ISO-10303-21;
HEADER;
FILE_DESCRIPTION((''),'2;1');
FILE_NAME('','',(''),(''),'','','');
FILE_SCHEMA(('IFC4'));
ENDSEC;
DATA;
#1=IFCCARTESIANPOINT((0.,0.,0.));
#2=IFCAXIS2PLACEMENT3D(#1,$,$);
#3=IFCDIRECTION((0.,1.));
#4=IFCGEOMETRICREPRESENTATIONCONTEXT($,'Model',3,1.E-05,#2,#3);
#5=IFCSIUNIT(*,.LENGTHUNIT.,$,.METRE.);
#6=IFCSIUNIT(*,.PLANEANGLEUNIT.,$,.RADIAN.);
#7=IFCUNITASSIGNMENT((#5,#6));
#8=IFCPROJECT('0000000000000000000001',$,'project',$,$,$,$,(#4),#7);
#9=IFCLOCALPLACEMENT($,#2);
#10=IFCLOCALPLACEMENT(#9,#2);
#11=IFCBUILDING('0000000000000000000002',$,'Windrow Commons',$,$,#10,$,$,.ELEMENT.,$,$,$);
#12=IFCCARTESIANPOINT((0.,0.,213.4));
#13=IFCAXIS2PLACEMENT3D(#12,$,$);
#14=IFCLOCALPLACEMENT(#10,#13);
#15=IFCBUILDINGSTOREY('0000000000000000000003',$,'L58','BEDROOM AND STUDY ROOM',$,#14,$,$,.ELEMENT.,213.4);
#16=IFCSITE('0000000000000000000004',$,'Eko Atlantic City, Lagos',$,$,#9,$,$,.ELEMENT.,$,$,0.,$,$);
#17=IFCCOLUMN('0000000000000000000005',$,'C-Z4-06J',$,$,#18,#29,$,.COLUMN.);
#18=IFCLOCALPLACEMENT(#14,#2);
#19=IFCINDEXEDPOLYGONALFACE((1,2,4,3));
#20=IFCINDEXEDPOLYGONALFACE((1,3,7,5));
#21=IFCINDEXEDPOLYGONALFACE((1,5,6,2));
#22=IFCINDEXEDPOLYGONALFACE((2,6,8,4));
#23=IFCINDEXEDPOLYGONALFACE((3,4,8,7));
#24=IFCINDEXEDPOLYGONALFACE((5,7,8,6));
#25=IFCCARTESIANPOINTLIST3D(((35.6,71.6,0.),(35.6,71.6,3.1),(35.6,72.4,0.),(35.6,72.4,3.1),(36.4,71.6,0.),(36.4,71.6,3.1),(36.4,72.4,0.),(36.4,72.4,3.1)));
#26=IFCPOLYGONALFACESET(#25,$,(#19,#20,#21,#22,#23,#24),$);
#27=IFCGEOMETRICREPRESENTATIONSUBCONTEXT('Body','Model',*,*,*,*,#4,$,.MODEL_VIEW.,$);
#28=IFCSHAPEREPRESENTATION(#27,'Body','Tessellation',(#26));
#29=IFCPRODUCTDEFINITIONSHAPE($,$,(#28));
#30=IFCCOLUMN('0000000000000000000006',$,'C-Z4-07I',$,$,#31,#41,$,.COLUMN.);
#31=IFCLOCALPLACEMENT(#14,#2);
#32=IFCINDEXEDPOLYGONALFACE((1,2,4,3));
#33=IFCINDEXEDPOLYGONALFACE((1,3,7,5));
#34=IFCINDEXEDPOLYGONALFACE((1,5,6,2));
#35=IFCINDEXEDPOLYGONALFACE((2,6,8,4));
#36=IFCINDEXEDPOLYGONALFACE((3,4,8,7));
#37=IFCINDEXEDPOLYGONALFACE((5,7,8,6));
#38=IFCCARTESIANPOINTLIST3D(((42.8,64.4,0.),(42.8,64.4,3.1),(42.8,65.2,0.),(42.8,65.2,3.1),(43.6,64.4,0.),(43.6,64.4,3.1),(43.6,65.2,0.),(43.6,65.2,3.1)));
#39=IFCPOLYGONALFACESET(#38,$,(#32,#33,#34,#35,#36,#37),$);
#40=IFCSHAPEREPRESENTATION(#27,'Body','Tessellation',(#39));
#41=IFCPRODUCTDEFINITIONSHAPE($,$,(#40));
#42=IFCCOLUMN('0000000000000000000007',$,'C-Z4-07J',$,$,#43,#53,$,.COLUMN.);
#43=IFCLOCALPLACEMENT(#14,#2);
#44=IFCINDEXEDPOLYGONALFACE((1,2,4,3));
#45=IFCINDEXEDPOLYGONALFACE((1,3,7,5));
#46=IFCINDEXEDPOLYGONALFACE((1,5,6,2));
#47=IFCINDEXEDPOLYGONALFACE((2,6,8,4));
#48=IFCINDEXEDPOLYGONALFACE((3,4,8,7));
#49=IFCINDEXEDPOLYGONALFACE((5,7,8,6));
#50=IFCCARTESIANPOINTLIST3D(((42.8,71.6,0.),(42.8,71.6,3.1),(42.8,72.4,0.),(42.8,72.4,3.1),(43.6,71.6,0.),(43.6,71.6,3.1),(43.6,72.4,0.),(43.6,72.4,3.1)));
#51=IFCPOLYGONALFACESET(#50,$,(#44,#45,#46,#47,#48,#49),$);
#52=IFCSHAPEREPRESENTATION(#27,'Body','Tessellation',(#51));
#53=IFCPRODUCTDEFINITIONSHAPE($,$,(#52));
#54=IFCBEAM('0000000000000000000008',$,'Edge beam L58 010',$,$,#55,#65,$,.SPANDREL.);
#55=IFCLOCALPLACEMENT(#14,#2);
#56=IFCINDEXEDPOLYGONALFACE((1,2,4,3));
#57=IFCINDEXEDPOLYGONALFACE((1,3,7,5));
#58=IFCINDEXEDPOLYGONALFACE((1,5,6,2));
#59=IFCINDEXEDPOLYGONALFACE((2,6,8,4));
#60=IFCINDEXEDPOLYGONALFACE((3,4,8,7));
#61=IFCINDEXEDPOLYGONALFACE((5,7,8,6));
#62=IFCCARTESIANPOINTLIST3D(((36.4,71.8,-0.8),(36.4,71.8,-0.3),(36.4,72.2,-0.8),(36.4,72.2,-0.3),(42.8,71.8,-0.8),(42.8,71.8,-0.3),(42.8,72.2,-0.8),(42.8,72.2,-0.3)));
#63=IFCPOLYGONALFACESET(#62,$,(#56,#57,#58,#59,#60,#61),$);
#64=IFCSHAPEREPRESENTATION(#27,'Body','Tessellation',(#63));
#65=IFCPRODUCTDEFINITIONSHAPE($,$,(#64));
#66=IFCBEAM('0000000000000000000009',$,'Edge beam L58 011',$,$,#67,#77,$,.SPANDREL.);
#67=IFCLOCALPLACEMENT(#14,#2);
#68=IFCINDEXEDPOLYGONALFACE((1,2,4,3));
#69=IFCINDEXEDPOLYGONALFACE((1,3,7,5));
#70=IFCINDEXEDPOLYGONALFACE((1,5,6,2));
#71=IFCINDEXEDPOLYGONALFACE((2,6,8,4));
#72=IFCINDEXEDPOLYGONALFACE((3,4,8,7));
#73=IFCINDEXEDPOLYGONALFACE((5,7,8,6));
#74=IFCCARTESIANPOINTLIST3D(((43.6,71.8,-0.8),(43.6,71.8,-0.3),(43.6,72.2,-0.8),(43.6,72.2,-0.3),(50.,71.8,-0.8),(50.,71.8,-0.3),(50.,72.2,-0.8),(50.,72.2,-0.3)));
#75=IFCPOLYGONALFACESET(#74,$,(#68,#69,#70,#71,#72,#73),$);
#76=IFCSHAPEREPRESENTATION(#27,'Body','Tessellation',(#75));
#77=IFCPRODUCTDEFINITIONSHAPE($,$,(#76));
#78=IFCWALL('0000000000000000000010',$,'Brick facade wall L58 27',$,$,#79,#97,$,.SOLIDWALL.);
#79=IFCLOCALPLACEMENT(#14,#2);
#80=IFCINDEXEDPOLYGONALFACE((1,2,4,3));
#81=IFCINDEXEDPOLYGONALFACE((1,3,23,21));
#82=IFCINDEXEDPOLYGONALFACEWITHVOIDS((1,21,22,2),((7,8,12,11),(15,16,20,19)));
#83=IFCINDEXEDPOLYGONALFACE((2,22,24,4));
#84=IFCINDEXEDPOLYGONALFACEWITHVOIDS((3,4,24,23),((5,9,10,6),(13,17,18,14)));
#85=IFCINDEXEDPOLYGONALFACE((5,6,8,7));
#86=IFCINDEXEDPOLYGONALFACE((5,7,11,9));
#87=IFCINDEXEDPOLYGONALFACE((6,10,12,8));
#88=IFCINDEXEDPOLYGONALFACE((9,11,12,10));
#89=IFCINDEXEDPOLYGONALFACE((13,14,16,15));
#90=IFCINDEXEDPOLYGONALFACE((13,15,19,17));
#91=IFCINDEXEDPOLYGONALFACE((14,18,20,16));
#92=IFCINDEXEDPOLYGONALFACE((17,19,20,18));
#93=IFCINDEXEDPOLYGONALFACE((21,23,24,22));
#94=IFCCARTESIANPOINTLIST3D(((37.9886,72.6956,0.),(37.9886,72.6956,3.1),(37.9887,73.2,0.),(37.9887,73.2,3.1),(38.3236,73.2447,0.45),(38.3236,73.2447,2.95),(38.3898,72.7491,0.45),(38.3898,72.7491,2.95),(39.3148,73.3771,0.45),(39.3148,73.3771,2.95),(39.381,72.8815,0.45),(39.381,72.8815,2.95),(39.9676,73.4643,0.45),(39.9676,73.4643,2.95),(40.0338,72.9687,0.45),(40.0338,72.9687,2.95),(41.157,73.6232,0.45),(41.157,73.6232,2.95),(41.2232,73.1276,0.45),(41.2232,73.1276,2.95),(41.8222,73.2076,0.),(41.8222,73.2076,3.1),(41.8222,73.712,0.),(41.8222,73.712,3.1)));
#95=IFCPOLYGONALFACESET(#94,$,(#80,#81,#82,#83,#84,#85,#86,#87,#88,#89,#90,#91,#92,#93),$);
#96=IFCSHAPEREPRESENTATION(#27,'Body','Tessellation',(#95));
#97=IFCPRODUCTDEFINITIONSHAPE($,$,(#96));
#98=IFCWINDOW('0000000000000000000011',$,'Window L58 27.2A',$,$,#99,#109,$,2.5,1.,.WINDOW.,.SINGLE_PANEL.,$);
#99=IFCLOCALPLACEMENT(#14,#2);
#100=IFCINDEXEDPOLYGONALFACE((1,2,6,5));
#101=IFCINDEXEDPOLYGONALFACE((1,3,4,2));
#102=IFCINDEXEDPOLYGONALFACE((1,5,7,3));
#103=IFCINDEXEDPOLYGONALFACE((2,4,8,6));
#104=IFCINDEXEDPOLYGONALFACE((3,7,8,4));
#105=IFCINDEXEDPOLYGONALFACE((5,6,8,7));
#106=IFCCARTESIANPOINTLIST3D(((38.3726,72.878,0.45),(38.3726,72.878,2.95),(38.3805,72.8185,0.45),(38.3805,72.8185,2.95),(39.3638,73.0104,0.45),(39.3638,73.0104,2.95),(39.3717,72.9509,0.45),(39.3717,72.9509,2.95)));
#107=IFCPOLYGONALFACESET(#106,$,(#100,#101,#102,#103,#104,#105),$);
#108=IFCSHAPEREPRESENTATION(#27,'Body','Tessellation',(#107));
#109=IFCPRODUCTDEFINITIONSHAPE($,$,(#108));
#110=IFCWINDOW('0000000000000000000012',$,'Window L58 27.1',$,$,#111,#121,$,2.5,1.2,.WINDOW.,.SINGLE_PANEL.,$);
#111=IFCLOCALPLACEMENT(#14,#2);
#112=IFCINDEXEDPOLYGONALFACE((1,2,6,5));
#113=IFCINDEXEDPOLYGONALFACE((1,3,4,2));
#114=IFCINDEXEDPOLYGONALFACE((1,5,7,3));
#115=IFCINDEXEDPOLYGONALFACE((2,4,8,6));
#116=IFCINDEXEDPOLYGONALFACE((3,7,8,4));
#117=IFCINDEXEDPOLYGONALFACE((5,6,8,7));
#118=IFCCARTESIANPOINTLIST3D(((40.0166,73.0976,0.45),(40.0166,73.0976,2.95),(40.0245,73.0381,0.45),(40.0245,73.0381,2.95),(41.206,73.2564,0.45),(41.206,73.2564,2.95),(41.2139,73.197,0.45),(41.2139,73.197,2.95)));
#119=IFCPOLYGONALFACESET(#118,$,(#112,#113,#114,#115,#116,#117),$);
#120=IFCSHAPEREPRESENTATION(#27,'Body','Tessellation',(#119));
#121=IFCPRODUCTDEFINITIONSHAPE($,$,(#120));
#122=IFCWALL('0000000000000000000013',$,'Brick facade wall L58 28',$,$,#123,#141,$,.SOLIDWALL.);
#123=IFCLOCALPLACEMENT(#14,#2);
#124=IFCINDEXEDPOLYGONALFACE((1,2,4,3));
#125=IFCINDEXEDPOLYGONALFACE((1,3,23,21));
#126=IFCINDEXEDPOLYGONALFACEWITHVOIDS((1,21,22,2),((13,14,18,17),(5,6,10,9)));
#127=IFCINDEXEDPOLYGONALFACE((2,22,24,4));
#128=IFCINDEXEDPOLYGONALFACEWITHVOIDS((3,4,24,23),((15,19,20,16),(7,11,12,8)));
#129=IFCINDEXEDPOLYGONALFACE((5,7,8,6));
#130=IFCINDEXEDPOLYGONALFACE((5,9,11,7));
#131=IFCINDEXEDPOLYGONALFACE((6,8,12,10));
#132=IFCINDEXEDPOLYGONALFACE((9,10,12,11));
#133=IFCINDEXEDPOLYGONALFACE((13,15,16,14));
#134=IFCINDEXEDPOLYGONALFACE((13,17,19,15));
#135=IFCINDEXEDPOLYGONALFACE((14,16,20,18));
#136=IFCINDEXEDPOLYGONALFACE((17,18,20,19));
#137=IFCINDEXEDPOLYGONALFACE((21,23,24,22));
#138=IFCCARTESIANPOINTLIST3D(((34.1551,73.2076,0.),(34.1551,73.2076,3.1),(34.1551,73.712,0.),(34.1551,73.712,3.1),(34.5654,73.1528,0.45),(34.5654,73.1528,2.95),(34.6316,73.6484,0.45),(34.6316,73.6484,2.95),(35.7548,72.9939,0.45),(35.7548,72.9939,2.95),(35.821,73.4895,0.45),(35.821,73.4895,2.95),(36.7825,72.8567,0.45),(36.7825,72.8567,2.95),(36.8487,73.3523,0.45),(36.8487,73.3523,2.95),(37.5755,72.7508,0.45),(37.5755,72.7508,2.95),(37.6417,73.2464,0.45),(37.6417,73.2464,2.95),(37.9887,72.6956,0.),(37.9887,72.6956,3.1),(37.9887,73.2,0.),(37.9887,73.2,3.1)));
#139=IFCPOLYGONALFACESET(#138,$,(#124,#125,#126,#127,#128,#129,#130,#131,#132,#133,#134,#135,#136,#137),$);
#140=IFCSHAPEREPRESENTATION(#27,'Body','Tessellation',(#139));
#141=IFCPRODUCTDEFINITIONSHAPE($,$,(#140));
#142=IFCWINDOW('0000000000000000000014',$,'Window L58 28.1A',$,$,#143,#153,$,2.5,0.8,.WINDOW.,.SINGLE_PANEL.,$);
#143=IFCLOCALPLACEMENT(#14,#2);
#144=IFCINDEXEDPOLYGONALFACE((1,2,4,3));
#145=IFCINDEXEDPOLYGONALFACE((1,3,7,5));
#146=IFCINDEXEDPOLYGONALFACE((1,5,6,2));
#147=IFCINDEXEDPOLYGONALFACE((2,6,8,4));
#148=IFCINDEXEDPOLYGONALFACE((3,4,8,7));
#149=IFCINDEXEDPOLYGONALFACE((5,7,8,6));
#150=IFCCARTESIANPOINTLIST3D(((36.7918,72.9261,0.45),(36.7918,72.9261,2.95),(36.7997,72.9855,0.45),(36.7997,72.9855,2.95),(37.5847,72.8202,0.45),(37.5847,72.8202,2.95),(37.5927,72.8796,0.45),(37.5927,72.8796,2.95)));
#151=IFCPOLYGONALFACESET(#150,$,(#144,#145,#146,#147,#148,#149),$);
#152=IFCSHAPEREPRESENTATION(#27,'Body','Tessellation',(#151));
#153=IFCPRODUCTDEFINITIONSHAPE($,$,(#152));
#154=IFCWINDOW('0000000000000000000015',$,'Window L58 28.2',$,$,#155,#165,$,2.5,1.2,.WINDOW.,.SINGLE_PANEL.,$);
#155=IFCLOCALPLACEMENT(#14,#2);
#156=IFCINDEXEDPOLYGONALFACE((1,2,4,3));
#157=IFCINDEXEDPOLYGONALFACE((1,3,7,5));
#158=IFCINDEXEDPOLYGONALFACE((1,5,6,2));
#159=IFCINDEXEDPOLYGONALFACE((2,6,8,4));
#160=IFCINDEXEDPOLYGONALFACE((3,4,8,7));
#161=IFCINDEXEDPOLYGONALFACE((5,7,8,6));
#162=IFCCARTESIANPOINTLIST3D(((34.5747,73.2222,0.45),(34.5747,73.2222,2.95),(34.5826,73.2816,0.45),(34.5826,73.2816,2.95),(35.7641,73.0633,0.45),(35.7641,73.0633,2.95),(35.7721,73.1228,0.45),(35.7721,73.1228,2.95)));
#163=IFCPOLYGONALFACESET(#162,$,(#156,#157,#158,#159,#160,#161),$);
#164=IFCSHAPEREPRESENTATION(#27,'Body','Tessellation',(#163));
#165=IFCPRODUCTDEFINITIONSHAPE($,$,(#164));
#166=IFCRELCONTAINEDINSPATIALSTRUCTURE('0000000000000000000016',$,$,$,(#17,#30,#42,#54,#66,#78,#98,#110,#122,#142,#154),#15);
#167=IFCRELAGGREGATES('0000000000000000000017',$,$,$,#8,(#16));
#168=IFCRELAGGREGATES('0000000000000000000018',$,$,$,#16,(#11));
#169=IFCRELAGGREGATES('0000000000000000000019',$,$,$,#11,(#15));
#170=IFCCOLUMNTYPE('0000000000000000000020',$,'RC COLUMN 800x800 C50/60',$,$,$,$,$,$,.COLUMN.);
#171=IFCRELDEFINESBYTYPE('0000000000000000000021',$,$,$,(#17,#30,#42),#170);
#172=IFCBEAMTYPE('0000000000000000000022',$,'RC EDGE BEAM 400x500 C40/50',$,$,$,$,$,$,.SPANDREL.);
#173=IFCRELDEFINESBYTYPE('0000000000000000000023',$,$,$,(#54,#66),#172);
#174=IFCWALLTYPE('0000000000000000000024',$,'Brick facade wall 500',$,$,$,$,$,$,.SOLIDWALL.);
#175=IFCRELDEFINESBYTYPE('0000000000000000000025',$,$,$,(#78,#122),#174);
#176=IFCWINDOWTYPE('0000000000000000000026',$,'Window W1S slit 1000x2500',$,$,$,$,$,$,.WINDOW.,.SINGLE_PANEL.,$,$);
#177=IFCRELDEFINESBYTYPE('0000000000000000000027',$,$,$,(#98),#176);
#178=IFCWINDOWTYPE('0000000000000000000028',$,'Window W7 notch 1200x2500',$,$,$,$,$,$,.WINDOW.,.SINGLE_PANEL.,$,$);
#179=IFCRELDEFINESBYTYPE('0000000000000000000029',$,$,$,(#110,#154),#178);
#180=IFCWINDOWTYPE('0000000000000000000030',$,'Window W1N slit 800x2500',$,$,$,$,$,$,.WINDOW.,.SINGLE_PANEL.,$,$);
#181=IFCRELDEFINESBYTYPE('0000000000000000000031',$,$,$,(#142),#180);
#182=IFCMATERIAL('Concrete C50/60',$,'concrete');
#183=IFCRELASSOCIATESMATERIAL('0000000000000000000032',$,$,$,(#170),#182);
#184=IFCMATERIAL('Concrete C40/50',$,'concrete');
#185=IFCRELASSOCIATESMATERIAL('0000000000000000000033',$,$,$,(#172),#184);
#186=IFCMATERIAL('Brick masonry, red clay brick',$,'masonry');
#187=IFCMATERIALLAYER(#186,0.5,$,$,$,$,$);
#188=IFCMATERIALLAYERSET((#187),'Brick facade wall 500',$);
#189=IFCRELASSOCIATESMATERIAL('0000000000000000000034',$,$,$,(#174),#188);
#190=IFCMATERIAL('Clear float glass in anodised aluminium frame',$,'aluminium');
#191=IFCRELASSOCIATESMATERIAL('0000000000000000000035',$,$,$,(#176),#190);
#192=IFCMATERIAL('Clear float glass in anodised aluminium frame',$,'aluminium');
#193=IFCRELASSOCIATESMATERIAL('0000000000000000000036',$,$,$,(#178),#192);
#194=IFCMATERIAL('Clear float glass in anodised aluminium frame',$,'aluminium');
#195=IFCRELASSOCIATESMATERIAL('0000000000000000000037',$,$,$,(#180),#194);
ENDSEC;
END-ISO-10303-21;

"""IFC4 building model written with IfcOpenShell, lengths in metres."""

from ifc_helpers import new_model, si_unit, direction, frame, frame_2d, origin, origin_2d, place, context, subcontext, project, spatial, polyline, rectangle, outline, extrude, material, layer, layer_set, material_profile, profile_set, type_object, element, fill, save


model = new_model("IFC4")

# Units and contexts
model_context = context("Model", 3, precision=1e-05, world=origin(), true_north=direction((0.0, 1.0)))
body_context = subcontext(model_context, "Body", "Model", "MODEL_VIEW")
ifc_project = project(units=[si_unit("LENGTHUNIT", "METRE"), si_unit("PLANEANGLEUNIT", "RADIAN")], contexts=[model_context])

# Site, building, storey
site_placement = place(None, origin())
site = spatial("IfcSite", under=ifc_project, at=site_placement, Name="Eko Atlantic City, Lagos", CompositionType="ELEMENT", RefElevation=0.0)
building_placement = place(site_placement, origin())
building = spatial("IfcBuilding", under=site, at=building_placement, Name="Windrow Commons", CompositionType="ELEMENT")
storey_placement = place(building_placement, frame((0.0, 0.0, 213.4)))
storey = spatial("IfcBuildingStorey", under=building, at=storey_placement, Name="L58", Description="BEDROOM AND STUDY ROOM", CompositionType="ELEMENT", Elevation=213.4)

# Columns
ifc_material_1 = material(Name="Concrete C50/60", Category="concrete")
ifc_material_profile_1 = material_profile(ifc_material_1, rectangle(XDim=0.8, YDim=0.8, at=origin_2d()))
ifc_profile_set_1 = profile_set([ifc_material_profile_1], Name="Concrete C50/60")
column_type = type_object("IfcColumnType", Name="RC COLUMN 800x800 C50/60", PredefinedType="COLUMN", material=ifc_profile_set_1)
for number, where, z_axis, x_axis, name in (
    (1, (36.0, 72.0, 0.0), (0.0, 0.0, 1.0), (1.0, 0.0, 0.0), "C-Z4-06J"),
    (2, (43.2, 64.8, 0.0), (0.0, 0.0, 1.0), (1.0, 0.0, 0.0), "C-Z4-07I"),
    (3, (43.2, 72.0, 0.0), (0.0, 0.0, 1.0), (1.0, 0.0, 0.0), "C-Z4-07J"),
):
    element("IfcColumn", number, at=place(storey_placement, frame(where, z_axis=z_axis, x_axis=x_axis)), inside=storey, type_object=column_type, Name=name, PredefinedType="COLUMN", context=body_context, shape_type="SweptSolid", body=[
        extrude(rectangle(XDim=0.8, YDim=0.8, at=origin_2d()), origin(), (0.0, 0.0, 1.0), 3.1),
    ])

# Beams
ifc_material_2 = material(Name="Concrete C40/50", Category="concrete")
ifc_material_profile_2 = material_profile(ifc_material_2, rectangle(XDim=0.4, YDim=0.5, at=origin_2d()))
ifc_profile_set_2 = profile_set([ifc_material_profile_2], Name="Concrete C40/50")
beam_type = type_object("IfcBeamType", Name="RC EDGE BEAM 400x500 C40/50", PredefinedType="SPANDREL", material=ifc_profile_set_2)
for number, where, z_axis, x_axis, name in (
    (4, (36.4, 72.0, -0.55), (1.0, 0.0, 0.0), (0.0, 1.0, 0.0), "Edge beam L58 010"),
    (5, (43.6, 72.0, -0.55), (1.0, 0.0, 0.0), (0.0, 1.0, 0.0), "Edge beam L58 011"),
):
    element("IfcBeam", number, at=place(storey_placement, frame(where, z_axis=z_axis, x_axis=x_axis)), inside=storey, type_object=beam_type, Name=name, PredefinedType="SPANDREL", context=body_context, shape_type="SweptSolid", body=[
        extrude(rectangle(XDim=0.4, YDim=0.5, at=origin_2d()), origin(), (0.0, 0.0, 1.0), 6.4),
    ])

# Walls, openings, windows
ifc_material_3 = material(Name="Brick masonry, red clay brick", Category="masonry")
ifc_layer_1 = layer(ifc_material_3, 0.5)
ifc_layer_set_1 = layer_set([ifc_layer_1], Name="Brick facade wall 500")
wall_type_1 = type_object("IfcWallType", Name="Brick facade wall 500", PredefinedType="SOLIDWALL", material=ifc_layer_set_1)
wall_1_placement = place(storey_placement, frame((41.8222, 73.4598, 0.0), z_axis=(0.0, 0.0, 1.0), x_axis=(-0.991199, -0.132384, 0.0)))
wall_1 = element("IfcWall", 6, at=wall_1_placement, inside=storey, type_object=wall_type_1, Name="Brick facade wall L58 27", PredefinedType="SOLIDWALL", context=body_context, shape_type="SweptSolid", body=[
    extrude(outline(polyline([(-0.0334, -0.25), (3.8342, -0.25), (3.901, 0.25), (0.0334, 0.25), (-0.0334, -0.25)])), origin(), (0.0, 0.0, 1.0), 3.1),
])
opening_1_placement = place(wall_1_placement, frame((0.6377, 0.0, 0.45)))
opening_1 = element("IfcOpeningElement", 7, at=opening_1_placement, cuts=wall_1, PredefinedType="OPENING", context=body_context, shape_type="SweptSolid", body=[
    extrude(rectangle(XDim=1.2, YDim=2.5, at=frame_2d((0.6, 1.25))), frame((0.0, 0.26, 0.0), z_axis=(0.0, -1.0, 0.0), x_axis=(1.0, 0.0, 0.0)), (0.0, 0.0, 1.0), 0.52),
])
opening_2_placement = place(wall_1_placement, frame((2.4963, 0.0, 0.45)))
opening_2 = element("IfcOpeningElement", 8, at=opening_2_placement, cuts=wall_1, PredefinedType="OPENING", context=body_context, shape_type="SweptSolid", body=[
    extrude(rectangle(XDim=1.0, YDim=2.5, at=frame_2d((0.5, 1.25))), frame((0.0, 0.26, 0.0), z_axis=(0.0, -1.0, 0.0), x_axis=(1.0, 0.0, 0.0)), (0.0, 0.0, 1.0), 0.52),
])
ifc_material_4 = material(Name="Clear float glass in anodised aluminium frame", Category="aluminium")
window_type_1 = type_object("IfcWindowType", Name="Window W1S slit 1000x2500", PartitioningType="SINGLE_PANEL", PredefinedType="WINDOW", material=ifc_material_4)
window_1_placement = place(opening_2_placement, origin())
window_1 = element("IfcWindow", 9, at=window_1_placement, inside=storey, type_object=window_type_1, Name="Window L58 27.2A", OverallHeight=2.5, OverallWidth=1.0, PartitioningType="SINGLE_PANEL", PredefinedType="WINDOW", context=body_context, shape_type="SweptSolid", body=[
    extrude(rectangle(XDim=1.0, YDim=2.5, at=frame_2d((0.5, 1.25))), frame((0.0, 0.18, 0.0), z_axis=(0.0, -1.0, 0.0), x_axis=(1.0, 0.0, 0.0)), (0.0, 0.0, 1.0), 0.06),
])
fill(opening_2, window_1)
ifc_material_5 = material(Name="Clear float glass in anodised aluminium frame", Category="aluminium")
window_type_2 = type_object("IfcWindowType", Name="Window W7 notch 1200x2500", PartitioningType="SINGLE_PANEL", PredefinedType="WINDOW", material=ifc_material_5)
window_2_placement = place(opening_1_placement, origin())
window_2 = element("IfcWindow", 10, at=window_2_placement, inside=storey, type_object=window_type_2, Name="Window L58 27.1", OverallHeight=2.5, OverallWidth=1.2, PartitioningType="SINGLE_PANEL", PredefinedType="WINDOW", context=body_context, shape_type="SweptSolid", body=[
    extrude(rectangle(XDim=1.2, YDim=2.5, at=frame_2d((0.6, 1.25))), frame((0.0, 0.18, 0.0), z_axis=(0.0, -1.0, 0.0), x_axis=(1.0, 0.0, 0.0)), (0.0, 0.0, 1.0), 0.06),
])
fill(opening_1, window_2)
wall_2_placement = place(storey_placement, frame((37.9887, 72.9478, 0.0), z_axis=(0.0, 0.0, 1.0), x_axis=(-0.991199, 0.13238, 0.0)))
wall_2 = element("IfcWall", 11, at=wall_2_placement, inside=storey, type_object=wall_type_1, Name="Brick facade wall L58 28", PredefinedType="SOLIDWALL", context=body_context, shape_type="SweptSolid", body=[
    extrude(outline(polyline([(0.0334, -0.25), (3.901, -0.25), (3.8342, 0.25), (-0.0334, 0.25), (0.0334, -0.25)])), origin(), (0.0, 0.0, 1.0), 3.1),
])
opening_3_placement = place(wall_2_placement, frame((2.2203, 0.0, 0.45)))
opening_3 = element("IfcOpeningElement", 12, at=opening_3_placement, cuts=wall_2, PredefinedType="OPENING", context=body_context, shape_type="SweptSolid", body=[
    extrude(rectangle(XDim=1.2, YDim=2.5, at=frame_2d((0.6, 1.25))), frame((0.0, 0.26, 0.0), z_axis=(0.0, -1.0, 0.0), x_axis=(1.0, 0.0, 0.0)), (0.0, 0.0, 1.0), 0.52),
])
opening_4_placement = place(wall_2_placement, frame((0.3835, 0.0, 0.45)))
opening_4 = element("IfcOpeningElement", 13, at=opening_4_placement, cuts=wall_2, PredefinedType="OPENING", context=body_context, shape_type="SweptSolid", body=[
    extrude(rectangle(XDim=0.8, YDim=2.5, at=frame_2d((0.4, 1.25))), frame((0.0, 0.26, 0.0), z_axis=(0.0, -1.0, 0.0), x_axis=(1.0, 0.0, 0.0)), (0.0, 0.0, 1.0), 0.52),
])
ifc_material_6 = material(Name="Clear float glass in anodised aluminium frame", Category="aluminium")
window_type_3 = type_object("IfcWindowType", Name="Window W1N slit 800x2500", PartitioningType="SINGLE_PANEL", PredefinedType="WINDOW", material=ifc_material_6)
window_3_placement = place(opening_4_placement, origin())
window_3 = element("IfcWindow", 14, at=window_3_placement, inside=storey, type_object=window_type_3, Name="Window L58 28.1A", OverallHeight=2.5, OverallWidth=0.8, PartitioningType="SINGLE_PANEL", PredefinedType="WINDOW", context=body_context, shape_type="SweptSolid", body=[
    extrude(rectangle(XDim=0.8, YDim=2.5, at=frame_2d((0.4, 1.25))), frame((0.0, 0.18, 0.0), z_axis=(0.0, -1.0, 0.0), x_axis=(1.0, 0.0, 0.0)), (0.0, 0.0, 1.0), 0.06),
])
fill(opening_4, window_3)
window_4_placement = place(opening_3_placement, origin())
window_4 = element("IfcWindow", 15, at=window_4_placement, inside=storey, type_object=window_type_2, Name="Window L58 28.2", OverallHeight=2.5, OverallWidth=1.2, PartitioningType="SINGLE_PANEL", PredefinedType="WINDOW", context=body_context, shape_type="SweptSolid", body=[
    extrude(rectangle(XDim=1.2, YDim=2.5, at=frame_2d((0.6, 1.25))), frame((0.0, 0.18, 0.0), z_axis=(0.0, -1.0, 0.0), x_axis=(1.0, 0.0, 0.0)), (0.0, 0.0, 1.0), 0.06),
])
fill(opening_3, window_4)

save(model, "model.ifc")
